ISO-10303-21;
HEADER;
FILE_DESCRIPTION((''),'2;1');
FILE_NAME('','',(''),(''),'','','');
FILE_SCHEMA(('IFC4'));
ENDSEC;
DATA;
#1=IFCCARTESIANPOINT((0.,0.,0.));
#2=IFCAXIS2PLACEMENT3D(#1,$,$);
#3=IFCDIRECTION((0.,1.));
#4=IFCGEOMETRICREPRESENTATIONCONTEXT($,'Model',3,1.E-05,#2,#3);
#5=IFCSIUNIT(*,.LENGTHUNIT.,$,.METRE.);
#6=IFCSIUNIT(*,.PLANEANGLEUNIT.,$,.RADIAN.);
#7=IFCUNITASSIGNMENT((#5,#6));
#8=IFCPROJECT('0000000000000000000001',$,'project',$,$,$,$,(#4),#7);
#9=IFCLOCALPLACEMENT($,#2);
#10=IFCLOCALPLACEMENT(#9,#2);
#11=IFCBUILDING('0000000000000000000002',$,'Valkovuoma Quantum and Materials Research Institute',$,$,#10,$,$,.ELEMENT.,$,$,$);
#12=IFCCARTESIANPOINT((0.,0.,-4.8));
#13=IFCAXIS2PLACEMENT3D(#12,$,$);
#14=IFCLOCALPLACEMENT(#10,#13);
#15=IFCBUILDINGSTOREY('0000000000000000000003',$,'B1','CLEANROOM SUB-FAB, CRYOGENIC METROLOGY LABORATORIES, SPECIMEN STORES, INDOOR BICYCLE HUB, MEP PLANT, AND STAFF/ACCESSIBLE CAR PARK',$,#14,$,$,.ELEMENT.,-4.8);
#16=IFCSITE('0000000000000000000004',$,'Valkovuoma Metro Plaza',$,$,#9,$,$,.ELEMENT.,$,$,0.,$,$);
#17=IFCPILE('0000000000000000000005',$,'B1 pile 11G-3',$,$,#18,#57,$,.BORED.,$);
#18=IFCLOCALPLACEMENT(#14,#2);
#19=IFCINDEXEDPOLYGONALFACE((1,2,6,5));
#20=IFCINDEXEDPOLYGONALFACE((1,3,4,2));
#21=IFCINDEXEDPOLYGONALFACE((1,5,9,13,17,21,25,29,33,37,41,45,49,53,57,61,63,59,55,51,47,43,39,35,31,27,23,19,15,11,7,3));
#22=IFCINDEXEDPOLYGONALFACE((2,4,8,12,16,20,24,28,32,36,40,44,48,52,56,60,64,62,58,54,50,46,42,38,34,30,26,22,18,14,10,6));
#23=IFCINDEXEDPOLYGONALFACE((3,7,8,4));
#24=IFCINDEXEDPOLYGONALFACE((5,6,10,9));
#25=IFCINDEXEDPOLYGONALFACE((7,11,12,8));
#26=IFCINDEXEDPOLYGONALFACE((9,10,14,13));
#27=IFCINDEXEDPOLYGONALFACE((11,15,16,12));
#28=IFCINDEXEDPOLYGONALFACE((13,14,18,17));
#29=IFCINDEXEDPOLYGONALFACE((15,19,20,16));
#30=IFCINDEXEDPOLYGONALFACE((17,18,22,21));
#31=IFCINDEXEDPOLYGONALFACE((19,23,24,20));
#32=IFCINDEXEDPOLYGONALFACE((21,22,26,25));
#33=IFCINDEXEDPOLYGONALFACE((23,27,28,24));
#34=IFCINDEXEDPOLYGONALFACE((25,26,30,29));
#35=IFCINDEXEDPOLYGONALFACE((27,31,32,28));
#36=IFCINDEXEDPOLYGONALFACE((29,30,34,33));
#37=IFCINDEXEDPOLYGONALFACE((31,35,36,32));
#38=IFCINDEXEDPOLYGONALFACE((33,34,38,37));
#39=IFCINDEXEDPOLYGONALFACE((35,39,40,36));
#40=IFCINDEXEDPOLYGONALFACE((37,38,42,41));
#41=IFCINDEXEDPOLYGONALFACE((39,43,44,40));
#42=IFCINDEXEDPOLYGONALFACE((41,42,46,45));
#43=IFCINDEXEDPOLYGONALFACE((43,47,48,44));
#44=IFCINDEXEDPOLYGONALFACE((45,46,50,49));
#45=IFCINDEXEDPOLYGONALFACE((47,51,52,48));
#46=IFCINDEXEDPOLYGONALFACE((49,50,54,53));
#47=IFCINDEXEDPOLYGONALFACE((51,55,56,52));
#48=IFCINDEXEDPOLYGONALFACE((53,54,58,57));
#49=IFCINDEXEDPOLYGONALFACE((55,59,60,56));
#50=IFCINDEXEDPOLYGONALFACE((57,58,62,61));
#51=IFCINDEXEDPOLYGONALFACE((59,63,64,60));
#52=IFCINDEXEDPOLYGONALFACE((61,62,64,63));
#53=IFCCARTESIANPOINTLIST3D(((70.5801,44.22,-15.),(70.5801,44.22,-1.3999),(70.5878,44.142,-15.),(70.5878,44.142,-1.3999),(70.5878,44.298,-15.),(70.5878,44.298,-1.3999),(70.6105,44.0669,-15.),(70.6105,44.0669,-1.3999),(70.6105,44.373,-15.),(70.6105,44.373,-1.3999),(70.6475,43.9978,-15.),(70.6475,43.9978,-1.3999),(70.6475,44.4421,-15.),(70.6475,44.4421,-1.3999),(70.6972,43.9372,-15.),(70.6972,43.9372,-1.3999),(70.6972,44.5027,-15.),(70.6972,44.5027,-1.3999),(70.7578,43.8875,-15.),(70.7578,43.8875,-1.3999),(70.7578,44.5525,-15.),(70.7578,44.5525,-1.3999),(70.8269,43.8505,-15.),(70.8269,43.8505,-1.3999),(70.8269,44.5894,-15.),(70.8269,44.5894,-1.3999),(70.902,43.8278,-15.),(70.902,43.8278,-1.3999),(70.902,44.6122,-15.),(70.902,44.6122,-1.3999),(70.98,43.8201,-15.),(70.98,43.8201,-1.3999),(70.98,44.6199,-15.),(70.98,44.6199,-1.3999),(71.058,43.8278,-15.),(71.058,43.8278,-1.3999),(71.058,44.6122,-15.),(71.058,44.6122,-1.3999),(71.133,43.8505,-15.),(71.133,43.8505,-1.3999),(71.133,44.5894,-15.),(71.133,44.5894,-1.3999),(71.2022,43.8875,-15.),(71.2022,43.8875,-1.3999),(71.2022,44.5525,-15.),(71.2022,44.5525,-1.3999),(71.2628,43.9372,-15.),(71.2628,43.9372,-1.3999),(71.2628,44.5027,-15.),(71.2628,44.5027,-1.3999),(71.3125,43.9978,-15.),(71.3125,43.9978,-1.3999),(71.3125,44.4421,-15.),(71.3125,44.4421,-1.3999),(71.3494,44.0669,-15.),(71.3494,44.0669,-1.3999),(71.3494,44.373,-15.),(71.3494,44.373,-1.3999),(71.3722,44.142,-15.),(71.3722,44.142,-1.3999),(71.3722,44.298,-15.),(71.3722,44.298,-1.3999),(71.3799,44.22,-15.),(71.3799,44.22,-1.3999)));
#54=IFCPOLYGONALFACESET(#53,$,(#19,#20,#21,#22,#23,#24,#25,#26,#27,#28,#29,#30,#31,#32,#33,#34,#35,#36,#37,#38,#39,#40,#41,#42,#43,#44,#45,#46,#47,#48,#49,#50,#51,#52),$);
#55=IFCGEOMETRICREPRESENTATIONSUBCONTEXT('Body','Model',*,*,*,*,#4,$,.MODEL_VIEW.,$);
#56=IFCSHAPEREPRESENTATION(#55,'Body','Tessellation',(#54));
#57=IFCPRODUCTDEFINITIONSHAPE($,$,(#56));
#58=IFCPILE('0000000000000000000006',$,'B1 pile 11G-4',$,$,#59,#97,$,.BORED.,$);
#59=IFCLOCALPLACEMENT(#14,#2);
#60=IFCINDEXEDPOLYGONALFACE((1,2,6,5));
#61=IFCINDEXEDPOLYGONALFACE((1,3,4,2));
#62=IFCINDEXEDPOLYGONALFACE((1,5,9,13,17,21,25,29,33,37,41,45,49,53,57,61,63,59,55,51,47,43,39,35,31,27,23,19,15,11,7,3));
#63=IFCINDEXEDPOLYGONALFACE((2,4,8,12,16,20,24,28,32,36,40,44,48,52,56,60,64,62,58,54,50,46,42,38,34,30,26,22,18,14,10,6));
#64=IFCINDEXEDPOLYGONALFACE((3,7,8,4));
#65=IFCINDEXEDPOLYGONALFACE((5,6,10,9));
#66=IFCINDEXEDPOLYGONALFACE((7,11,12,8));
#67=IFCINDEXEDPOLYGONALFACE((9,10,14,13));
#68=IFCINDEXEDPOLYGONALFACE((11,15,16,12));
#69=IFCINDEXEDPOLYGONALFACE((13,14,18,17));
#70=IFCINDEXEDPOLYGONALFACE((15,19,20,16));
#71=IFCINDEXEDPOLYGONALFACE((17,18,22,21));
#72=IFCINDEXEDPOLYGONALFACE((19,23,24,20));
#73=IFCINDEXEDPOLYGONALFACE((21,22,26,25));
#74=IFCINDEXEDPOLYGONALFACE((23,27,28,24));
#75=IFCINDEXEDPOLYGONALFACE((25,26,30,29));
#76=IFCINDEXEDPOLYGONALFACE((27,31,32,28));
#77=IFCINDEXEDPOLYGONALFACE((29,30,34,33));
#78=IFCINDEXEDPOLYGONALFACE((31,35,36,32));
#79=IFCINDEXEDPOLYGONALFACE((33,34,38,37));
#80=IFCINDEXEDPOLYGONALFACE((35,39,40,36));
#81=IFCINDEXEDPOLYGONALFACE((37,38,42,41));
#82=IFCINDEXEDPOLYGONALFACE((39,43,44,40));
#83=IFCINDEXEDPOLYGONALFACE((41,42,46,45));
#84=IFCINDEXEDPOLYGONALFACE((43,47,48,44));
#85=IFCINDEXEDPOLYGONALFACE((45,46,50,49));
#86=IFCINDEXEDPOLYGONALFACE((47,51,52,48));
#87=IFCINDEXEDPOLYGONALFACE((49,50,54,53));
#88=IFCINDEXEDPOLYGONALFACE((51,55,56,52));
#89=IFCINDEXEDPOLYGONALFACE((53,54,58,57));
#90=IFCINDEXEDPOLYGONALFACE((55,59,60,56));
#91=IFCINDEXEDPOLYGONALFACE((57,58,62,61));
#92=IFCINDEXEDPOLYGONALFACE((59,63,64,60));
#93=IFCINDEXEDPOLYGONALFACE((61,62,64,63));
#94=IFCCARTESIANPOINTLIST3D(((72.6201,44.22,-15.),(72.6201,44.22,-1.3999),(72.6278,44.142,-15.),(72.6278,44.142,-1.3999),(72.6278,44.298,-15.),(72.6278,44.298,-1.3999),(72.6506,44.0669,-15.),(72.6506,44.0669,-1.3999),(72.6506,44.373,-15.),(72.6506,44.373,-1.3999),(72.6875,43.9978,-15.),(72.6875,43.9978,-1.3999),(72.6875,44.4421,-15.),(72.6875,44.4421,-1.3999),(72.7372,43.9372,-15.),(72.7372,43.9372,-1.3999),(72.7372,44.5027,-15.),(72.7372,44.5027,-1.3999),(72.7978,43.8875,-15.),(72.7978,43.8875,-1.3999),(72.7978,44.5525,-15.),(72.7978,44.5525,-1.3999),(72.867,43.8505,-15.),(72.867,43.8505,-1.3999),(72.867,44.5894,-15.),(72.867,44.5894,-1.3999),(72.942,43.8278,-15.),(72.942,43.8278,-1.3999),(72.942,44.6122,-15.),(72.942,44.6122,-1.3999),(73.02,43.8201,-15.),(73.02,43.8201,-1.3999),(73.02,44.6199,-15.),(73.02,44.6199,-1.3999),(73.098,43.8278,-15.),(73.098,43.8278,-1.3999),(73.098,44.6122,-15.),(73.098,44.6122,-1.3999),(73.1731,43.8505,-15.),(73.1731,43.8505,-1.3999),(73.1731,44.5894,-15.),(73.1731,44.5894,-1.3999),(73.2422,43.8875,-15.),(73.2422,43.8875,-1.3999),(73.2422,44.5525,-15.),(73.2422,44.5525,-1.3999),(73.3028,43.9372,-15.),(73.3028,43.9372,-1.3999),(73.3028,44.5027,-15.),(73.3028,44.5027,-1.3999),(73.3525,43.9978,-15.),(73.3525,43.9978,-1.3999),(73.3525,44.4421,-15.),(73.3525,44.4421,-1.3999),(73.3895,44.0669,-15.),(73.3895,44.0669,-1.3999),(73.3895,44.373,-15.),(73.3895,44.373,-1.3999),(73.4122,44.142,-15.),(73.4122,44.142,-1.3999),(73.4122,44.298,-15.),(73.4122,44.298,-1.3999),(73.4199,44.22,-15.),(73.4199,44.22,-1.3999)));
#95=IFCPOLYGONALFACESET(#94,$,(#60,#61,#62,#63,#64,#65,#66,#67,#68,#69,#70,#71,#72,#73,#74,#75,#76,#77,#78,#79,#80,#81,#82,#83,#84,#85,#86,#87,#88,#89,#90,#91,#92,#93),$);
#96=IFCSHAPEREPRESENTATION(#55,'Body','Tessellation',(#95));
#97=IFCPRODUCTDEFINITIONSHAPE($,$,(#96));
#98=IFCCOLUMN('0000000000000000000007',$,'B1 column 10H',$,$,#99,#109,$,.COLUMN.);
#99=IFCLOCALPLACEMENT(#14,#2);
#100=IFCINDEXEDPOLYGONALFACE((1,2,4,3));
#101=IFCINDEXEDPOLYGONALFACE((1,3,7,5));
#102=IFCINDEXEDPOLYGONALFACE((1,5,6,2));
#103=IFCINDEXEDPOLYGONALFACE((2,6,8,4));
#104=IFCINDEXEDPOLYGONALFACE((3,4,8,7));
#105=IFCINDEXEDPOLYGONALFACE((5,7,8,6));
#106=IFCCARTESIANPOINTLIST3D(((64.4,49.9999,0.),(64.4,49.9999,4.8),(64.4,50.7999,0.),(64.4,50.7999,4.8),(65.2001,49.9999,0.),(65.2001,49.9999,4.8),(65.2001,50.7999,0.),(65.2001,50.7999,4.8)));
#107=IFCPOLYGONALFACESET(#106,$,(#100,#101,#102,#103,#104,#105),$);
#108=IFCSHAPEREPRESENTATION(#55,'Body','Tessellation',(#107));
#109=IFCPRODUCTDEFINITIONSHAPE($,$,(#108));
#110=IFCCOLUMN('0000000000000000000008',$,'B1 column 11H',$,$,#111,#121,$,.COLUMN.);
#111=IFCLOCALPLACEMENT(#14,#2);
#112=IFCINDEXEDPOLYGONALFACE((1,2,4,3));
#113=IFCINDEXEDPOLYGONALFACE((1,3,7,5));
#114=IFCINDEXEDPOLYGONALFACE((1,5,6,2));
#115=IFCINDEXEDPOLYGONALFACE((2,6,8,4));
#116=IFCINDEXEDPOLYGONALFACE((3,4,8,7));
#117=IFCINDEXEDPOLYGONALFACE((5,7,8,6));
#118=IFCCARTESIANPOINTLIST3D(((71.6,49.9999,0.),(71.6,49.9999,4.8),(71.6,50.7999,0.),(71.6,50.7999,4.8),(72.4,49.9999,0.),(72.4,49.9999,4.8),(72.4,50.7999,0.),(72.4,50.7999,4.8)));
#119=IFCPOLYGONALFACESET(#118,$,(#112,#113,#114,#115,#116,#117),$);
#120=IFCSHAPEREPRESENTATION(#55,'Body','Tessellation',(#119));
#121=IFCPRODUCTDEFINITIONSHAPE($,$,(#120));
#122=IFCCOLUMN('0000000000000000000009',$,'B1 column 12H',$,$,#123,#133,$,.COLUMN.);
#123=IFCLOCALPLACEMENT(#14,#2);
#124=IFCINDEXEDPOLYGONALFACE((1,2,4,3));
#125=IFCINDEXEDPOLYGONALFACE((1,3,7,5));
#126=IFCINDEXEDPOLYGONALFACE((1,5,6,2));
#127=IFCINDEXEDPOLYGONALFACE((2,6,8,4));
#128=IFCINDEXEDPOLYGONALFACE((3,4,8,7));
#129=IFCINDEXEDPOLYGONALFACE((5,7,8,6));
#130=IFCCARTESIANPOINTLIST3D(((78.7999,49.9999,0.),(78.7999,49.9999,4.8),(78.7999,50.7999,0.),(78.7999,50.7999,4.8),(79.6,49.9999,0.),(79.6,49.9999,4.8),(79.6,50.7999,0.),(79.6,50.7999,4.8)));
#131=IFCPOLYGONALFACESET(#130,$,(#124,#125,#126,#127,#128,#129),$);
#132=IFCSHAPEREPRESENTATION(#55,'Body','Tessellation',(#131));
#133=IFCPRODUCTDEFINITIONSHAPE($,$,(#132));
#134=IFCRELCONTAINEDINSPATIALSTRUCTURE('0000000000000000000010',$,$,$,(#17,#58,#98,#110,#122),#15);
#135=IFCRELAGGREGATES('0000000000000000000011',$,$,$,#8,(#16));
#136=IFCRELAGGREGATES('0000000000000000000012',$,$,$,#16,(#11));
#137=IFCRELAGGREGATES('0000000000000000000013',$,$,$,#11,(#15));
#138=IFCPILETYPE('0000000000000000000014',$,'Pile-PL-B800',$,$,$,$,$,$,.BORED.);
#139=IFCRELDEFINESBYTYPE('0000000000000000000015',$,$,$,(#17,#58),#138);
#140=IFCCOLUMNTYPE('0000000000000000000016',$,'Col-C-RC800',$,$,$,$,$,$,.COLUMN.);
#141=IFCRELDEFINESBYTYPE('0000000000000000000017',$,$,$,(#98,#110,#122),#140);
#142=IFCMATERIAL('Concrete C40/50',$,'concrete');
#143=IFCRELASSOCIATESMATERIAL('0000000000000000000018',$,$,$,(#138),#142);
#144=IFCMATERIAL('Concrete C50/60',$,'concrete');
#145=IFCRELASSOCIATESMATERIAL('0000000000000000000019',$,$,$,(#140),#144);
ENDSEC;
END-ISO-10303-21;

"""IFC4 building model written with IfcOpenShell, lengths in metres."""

from ifc_helpers import new_model, si_unit, direction, frame, origin, origin_2d, place, context, subcontext, project, spatial, rectangle, circle, extrude, material, material_profile, profile_set, type_object, element, save


model = new_model("IFC4")

# Units and contexts
model_context = context("Model", 3, precision=1e-05, world=origin(), true_north=direction((0.0, 1.0)))
body_context = subcontext(model_context, "Body", "Model", "MODEL_VIEW")
ifc_project = project(units=[si_unit("LENGTHUNIT", "METRE"), si_unit("PLANEANGLEUNIT", "RADIAN")], contexts=[model_context])

# Site, building, storey
site_placement = place(None, origin())
site = spatial("IfcSite", under=ifc_project, at=site_placement, Name="Valkovuoma Metro Plaza", CompositionType="ELEMENT", RefElevation=0.0)
building_placement = place(site_placement, origin())
building = spatial("IfcBuilding", under=site, at=building_placement, Name="Valkovuoma Quantum and Materials Research Institute", CompositionType="ELEMENT")
storey_placement = place(building_placement, frame((0.0, 0.0, -4.8)))
storey = spatial("IfcBuildingStorey", under=building, at=storey_placement, Name="B1", Description="CLEANROOM SUB-FAB, CRYOGENIC METROLOGY LABORATORIES, SPECIMEN STORES, INDOOR BICYCLE HUB, MEP PLANT, AND STAFF/ACCESSIBLE CAR PARK", CompositionType="ELEMENT", Elevation=-4.8)

# Piles
ifc_material_1 = material(Name="Concrete C40/50", Category="concrete")
ifc_material_profile_1 = material_profile(ifc_material_1, circle(Radius=0.3999, at=origin_2d()), Name="Concrete C40/50")
ifc_profile_set_1 = profile_set([ifc_material_profile_1], Name="Concrete C40/50")
pile_type_1 = type_object("IfcPileType", Name="Pile-PL-B800", PredefinedType="BORED", material=ifc_profile_set_1)
for number, where, z_axis, x_axis, name in (
    (1, (70.98, 44.22, -1.3999), (0.0, 0.0, -1.0), (1.0, 0.0, 0.0), "B1 pile 11G-3"),
    (2, (73.02, 44.22, -1.3999), (0.0, 0.0, -1.0), (1.0, 0.0, 0.0), "B1 pile 11G-4"),
):
    element("IfcPile", number, at=place(storey_placement, frame(where, z_axis=z_axis, x_axis=x_axis)), inside=storey, type_object=pile_type_1, Name=name, PredefinedType="BORED", context=body_context, shape_type="SweptSolid", body=[
        extrude(circle(Radius=0.3999, at=origin_2d()), origin(), (0.0, 0.0, 1.0), 13.6001),
    ])

# Columns
ifc_material_2 = material(Name="Concrete C50/60", Category="concrete")
ifc_material_profile_2 = material_profile(ifc_material_2, rectangle(XDim=0.8, YDim=0.8, at=origin_2d()), Name="Concrete C50/60")
ifc_profile_set_2 = profile_set([ifc_material_profile_2], Name="Concrete C50/60")
column_type = type_object("IfcColumnType", Name="Col-C-RC800", PredefinedType="COLUMN", material=ifc_profile_set_2)
for number, where, z_axis, x_axis, name in (
    (3, (64.8, 50.3999, 0.0), (0.0, 0.0, 1.0), (1.0, 0.0, 0.0), "B1 column 10H"),
    (4, (72.0, 50.3999, 0.0), (0.0, 0.0, 1.0), (1.0, 0.0, 0.0), "B1 column 11H"),
    (5, (79.2, 50.3999, 0.0), (0.0, 0.0, 1.0), (1.0, 0.0, 0.0), "B1 column 12H"),
):
    element("IfcColumn", number, at=place(storey_placement, frame(where, z_axis=z_axis, x_axis=x_axis)), inside=storey, type_object=column_type, Name=name, PredefinedType="COLUMN", context=body_context, shape_type="SweptSolid", body=[
        extrude(rectangle(XDim=0.8, YDim=0.8, at=origin_2d()), origin(), (0.0, 0.0, 1.0), 4.8),
    ])

save(model, "model.ifc")
